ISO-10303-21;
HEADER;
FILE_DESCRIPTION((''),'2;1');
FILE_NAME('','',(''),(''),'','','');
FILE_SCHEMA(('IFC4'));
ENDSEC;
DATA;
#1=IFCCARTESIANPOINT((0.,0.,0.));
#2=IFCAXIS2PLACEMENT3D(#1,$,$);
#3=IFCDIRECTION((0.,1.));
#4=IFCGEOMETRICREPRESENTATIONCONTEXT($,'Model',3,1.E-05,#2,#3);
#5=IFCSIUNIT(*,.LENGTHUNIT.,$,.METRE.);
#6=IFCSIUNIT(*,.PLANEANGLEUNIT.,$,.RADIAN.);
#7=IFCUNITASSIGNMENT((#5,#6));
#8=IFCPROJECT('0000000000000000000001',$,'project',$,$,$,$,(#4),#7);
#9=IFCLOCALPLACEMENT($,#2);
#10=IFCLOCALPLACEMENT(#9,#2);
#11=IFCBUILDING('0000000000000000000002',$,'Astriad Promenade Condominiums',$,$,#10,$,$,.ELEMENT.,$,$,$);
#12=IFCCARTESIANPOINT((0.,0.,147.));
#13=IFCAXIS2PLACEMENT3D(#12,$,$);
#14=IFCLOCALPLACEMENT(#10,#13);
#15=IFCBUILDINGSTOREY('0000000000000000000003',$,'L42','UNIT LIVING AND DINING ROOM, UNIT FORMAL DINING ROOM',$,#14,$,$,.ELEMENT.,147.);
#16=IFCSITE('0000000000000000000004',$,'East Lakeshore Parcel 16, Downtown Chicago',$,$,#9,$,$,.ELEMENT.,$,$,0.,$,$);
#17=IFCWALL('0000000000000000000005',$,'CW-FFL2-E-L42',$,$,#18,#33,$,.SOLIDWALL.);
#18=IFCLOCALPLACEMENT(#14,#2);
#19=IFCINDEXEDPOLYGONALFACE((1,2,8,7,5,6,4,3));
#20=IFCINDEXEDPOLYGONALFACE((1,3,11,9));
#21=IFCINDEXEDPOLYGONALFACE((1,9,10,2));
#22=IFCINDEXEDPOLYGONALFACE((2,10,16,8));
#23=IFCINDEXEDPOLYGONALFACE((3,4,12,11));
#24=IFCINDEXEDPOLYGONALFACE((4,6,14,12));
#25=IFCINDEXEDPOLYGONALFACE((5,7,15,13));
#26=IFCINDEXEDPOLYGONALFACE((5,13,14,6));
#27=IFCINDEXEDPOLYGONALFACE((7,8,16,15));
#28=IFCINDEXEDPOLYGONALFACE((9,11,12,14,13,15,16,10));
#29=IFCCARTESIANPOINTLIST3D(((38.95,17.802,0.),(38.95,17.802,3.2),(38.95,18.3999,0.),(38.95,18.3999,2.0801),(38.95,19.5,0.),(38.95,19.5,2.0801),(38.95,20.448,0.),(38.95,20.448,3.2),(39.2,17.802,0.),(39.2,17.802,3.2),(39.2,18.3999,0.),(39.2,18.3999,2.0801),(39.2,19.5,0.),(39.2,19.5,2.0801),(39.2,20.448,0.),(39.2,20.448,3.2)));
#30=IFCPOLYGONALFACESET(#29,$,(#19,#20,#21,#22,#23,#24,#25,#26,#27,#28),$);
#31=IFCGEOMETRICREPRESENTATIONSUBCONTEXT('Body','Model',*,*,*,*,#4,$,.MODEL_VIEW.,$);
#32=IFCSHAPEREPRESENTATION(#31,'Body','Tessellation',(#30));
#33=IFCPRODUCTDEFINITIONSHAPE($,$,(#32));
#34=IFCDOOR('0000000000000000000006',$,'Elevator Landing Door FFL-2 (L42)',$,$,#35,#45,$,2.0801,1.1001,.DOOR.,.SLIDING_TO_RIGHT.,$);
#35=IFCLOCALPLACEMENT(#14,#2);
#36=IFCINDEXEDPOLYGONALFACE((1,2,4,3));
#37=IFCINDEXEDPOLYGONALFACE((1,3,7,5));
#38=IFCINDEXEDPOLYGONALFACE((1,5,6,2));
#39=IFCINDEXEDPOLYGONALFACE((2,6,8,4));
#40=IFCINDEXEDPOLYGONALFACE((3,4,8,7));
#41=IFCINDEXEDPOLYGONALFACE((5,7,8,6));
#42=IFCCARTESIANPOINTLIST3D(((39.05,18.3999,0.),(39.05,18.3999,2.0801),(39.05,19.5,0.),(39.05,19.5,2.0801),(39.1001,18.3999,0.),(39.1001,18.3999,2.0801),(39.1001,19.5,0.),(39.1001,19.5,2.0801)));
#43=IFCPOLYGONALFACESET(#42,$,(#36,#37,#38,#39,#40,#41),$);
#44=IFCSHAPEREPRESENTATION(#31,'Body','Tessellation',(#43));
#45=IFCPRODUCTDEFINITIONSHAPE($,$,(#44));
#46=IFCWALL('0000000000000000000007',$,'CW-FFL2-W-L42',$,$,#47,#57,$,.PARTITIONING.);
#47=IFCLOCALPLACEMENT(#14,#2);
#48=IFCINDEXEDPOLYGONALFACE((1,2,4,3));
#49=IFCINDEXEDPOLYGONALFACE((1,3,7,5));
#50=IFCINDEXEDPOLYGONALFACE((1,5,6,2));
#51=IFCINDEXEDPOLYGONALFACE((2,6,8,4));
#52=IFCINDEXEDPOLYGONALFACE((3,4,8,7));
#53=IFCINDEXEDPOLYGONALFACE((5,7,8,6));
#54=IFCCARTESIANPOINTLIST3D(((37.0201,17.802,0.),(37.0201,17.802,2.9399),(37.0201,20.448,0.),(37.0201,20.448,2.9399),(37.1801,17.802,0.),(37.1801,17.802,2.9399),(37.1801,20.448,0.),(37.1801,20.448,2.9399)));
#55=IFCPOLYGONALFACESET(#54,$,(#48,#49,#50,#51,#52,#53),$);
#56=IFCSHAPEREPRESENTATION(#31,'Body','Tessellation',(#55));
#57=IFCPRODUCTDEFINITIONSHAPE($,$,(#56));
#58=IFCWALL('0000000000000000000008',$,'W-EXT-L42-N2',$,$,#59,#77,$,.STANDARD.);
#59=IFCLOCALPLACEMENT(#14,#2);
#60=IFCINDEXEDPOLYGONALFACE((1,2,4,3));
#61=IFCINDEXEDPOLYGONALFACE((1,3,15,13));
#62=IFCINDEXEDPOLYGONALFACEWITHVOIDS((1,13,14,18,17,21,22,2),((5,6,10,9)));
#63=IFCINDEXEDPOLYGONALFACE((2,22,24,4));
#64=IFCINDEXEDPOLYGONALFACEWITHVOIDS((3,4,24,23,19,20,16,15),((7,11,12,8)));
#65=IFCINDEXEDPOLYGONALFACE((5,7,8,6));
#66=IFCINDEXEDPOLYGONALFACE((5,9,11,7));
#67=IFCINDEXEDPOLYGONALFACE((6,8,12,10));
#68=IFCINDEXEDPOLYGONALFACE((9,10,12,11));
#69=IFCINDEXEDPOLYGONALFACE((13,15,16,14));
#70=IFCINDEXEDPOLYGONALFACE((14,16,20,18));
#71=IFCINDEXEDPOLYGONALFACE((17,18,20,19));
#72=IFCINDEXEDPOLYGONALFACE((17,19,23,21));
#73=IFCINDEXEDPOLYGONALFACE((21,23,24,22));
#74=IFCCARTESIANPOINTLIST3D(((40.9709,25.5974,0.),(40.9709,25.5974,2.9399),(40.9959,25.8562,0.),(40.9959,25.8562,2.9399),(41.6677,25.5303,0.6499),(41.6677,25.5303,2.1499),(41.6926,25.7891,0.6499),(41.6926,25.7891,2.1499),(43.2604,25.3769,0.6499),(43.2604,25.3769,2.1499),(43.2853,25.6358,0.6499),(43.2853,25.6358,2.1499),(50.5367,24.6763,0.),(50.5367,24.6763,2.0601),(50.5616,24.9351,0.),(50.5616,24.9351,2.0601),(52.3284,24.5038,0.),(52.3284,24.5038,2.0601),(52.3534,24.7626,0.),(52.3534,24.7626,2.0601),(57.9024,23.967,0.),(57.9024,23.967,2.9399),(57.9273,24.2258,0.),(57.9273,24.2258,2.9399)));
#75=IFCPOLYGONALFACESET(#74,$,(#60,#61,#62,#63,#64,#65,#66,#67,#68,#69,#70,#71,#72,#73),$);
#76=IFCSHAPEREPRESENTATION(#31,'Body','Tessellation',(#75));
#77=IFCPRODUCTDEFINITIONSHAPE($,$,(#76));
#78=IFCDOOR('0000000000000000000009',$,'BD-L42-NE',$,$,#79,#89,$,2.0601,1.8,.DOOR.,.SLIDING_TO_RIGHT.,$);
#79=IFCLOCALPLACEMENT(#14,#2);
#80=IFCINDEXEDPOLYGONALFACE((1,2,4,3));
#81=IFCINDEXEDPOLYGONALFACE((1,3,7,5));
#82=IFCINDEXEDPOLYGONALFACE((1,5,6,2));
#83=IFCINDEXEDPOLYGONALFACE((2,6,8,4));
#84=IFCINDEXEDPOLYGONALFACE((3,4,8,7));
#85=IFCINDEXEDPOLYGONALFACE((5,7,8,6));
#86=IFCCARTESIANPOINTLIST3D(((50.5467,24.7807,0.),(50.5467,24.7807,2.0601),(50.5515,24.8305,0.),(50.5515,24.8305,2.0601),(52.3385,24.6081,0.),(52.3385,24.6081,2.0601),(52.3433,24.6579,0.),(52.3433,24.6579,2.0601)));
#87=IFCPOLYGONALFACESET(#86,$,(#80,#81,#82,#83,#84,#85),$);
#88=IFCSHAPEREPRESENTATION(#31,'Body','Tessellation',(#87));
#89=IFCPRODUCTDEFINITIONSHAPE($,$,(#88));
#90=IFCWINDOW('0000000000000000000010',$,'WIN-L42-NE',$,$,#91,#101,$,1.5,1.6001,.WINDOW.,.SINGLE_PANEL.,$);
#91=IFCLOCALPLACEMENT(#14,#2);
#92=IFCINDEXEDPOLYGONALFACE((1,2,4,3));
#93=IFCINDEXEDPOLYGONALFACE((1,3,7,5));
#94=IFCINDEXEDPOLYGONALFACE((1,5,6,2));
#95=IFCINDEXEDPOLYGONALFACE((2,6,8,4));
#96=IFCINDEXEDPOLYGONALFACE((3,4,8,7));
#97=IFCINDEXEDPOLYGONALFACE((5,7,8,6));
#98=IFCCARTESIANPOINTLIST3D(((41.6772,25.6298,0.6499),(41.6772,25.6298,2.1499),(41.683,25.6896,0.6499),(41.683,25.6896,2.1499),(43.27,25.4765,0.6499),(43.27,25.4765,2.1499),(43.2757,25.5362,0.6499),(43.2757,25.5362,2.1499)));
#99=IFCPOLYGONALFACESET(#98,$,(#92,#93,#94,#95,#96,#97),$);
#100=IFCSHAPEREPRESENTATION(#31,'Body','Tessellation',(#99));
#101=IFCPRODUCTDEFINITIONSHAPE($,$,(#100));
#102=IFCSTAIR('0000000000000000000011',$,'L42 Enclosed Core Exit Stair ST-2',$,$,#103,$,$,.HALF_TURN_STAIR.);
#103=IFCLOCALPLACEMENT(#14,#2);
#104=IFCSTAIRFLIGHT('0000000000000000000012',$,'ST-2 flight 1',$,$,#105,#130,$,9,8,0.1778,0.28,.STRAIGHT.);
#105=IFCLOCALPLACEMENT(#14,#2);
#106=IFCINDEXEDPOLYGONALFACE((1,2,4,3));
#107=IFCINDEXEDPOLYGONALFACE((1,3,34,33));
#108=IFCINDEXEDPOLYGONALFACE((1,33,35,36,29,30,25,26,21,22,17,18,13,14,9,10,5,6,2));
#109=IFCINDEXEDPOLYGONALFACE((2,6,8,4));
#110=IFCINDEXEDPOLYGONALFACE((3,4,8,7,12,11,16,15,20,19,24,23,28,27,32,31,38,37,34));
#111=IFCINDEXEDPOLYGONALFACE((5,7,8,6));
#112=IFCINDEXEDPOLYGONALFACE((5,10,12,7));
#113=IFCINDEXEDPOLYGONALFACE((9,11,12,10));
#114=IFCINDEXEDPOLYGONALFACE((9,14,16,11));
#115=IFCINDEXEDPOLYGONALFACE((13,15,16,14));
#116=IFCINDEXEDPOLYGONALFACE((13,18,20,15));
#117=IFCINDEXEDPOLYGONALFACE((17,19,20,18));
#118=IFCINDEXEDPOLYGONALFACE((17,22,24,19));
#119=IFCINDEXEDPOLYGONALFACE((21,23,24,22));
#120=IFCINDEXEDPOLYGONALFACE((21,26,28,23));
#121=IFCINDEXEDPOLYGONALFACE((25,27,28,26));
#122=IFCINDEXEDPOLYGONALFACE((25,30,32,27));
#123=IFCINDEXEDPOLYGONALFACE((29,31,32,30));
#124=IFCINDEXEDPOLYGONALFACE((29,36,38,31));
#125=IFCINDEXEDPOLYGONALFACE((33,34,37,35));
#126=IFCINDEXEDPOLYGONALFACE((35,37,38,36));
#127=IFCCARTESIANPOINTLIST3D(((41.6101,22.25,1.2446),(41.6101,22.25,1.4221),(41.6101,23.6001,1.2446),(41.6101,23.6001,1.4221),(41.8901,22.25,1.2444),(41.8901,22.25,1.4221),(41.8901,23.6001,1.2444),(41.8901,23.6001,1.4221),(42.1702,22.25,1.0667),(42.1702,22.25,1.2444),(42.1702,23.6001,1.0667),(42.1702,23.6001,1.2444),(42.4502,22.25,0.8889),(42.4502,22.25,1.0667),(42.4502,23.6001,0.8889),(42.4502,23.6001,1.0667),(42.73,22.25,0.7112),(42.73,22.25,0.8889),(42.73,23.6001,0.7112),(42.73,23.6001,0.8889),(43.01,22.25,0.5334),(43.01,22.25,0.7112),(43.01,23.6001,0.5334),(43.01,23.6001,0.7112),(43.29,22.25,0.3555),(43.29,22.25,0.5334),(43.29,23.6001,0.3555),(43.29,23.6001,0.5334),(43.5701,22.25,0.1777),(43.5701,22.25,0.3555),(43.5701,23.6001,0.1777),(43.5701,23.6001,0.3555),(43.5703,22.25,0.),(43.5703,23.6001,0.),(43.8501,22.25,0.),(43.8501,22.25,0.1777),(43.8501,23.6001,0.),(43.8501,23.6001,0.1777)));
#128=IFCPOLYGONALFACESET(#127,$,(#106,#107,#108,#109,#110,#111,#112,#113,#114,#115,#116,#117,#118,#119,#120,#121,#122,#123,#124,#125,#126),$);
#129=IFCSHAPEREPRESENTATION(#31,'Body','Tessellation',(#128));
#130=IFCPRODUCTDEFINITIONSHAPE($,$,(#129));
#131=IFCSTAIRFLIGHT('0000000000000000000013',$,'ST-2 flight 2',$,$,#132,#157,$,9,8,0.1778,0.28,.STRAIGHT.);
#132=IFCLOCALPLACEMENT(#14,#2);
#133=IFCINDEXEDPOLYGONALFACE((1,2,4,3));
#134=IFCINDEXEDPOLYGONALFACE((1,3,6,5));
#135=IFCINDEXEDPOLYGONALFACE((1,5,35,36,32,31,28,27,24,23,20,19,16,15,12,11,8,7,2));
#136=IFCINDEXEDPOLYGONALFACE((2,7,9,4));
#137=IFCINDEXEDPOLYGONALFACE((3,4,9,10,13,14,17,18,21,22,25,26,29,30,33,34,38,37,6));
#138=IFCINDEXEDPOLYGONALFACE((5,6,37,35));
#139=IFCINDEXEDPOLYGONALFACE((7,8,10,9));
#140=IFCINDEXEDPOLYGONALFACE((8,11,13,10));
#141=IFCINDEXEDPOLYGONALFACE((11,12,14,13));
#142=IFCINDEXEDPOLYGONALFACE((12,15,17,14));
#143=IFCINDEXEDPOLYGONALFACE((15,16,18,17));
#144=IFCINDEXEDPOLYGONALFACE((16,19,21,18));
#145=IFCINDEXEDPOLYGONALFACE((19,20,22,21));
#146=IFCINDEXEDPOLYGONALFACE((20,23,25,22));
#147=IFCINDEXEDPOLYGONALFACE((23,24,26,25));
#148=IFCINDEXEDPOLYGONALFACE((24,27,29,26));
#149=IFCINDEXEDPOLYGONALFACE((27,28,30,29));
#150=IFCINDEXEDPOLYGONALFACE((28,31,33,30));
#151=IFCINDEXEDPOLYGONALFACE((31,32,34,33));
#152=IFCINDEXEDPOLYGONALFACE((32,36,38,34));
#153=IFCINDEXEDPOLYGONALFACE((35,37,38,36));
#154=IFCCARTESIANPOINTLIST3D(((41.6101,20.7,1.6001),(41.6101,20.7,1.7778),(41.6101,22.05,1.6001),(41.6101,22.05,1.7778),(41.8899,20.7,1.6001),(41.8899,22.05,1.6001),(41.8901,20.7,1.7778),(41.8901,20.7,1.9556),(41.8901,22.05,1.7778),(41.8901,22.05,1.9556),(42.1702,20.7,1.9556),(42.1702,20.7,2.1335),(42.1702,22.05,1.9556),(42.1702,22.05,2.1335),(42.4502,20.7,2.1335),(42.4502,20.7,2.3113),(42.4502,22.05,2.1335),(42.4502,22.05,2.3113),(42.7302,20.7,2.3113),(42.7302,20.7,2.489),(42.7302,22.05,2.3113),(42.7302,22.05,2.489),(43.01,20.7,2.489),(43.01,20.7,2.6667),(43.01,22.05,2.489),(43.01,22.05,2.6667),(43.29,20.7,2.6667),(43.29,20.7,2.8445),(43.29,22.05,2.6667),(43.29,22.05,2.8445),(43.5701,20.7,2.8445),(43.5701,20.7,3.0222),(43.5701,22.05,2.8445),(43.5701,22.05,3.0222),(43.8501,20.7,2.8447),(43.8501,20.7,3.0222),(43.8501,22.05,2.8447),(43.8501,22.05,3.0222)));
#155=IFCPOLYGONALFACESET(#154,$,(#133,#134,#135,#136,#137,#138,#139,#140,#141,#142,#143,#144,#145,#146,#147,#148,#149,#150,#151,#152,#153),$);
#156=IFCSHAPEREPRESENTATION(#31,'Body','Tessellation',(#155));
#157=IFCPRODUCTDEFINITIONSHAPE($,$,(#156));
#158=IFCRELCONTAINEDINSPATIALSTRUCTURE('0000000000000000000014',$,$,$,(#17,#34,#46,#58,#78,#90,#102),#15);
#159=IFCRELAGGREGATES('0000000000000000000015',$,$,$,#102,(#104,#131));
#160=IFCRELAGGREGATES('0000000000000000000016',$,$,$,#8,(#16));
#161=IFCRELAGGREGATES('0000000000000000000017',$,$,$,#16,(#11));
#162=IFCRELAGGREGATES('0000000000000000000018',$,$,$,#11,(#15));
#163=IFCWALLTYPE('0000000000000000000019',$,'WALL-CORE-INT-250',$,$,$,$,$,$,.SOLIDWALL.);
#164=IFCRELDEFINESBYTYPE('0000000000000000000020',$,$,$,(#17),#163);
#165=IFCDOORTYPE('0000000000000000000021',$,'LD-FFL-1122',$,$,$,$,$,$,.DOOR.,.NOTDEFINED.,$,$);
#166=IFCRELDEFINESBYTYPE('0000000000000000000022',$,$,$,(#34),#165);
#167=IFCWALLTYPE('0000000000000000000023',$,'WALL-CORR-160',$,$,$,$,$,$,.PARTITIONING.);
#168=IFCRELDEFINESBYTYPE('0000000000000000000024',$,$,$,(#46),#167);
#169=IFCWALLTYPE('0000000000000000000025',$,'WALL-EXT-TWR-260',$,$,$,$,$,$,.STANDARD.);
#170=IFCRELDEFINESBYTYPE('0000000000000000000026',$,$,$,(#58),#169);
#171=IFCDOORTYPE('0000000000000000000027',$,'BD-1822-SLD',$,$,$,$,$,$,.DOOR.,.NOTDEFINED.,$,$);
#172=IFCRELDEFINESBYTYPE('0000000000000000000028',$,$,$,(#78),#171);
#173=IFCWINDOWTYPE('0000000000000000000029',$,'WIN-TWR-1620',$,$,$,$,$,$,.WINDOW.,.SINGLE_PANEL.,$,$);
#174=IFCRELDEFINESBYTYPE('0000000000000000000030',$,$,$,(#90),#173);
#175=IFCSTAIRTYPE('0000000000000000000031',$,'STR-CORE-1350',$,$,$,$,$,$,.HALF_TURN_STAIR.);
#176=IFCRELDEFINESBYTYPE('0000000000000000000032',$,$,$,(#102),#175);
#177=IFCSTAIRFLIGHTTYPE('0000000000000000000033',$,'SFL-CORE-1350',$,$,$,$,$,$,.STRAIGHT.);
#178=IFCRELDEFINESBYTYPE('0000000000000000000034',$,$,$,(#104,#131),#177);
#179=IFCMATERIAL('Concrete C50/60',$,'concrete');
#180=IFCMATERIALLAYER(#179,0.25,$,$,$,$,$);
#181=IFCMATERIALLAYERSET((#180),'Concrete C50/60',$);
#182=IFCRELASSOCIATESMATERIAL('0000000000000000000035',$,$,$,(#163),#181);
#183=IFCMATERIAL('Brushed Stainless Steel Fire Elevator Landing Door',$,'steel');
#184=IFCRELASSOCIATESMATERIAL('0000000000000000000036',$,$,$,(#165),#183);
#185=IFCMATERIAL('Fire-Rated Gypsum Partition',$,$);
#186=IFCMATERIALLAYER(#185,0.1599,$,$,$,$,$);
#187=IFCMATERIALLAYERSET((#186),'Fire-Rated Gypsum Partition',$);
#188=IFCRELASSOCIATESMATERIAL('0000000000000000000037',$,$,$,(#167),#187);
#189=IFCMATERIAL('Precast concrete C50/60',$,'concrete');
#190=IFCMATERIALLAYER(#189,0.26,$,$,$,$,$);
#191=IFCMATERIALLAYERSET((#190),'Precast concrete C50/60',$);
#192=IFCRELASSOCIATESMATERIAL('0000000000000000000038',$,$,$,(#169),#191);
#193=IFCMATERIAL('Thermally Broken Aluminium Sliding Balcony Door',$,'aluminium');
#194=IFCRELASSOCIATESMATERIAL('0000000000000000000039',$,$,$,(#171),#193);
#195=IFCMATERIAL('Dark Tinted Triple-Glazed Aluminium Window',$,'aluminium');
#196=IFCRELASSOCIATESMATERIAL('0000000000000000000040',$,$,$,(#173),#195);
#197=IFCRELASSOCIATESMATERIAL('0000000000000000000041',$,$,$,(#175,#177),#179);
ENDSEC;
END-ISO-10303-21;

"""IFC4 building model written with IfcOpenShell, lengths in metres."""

from ifc_helpers import new_model, si_unit, direction, frame, frame_2d, origin, place, context, subcontext, project, spatial, polyline, rectangle, outline, extrude, source, transform, mapped, material, layer, layer_set, type_object, type_shapes, element, fill, aggregate, save


model = new_model("IFC4")

# Units and contexts
model_context = context("Model", 3, precision=1e-05, world=origin(), true_north=direction((0.0, 1.0)))
body_context = subcontext(model_context, "Body", "Model", "MODEL_VIEW")
ifc_project = project(units=[si_unit("LENGTHUNIT", "METRE"), si_unit("PLANEANGLEUNIT", "RADIAN")], contexts=[model_context])

# Site, building, storey
site_placement = place(None, origin())
site = spatial("IfcSite", under=ifc_project, at=site_placement, Name="East Lakeshore Parcel 16, Downtown Chicago", CompositionType="ELEMENT", RefElevation=0.0)
building_placement = place(site_placement, origin())
building = spatial("IfcBuilding", under=site, at=building_placement, Name="Astriad Promenade Condominiums", CompositionType="ELEMENT")
storey_placement = place(building_placement, frame((0.0, 0.0, 147.0)))
storey = spatial("IfcBuildingStorey", under=building, at=storey_placement, Name="L42", Description="UNIT LIVING AND DINING ROOM, UNIT FORMAL DINING ROOM", CompositionType="ELEMENT", Elevation=147.0)

# Shared definitions
ifc_material_1 = material(Name="Concrete C50/60", Category="concrete")
ifc_layer_1 = layer(ifc_material_1, 0.25)
ifc_layer_set_1 = layer_set([ifc_layer_1], Name="Concrete C50/60")
wall_type_1 = type_object("IfcWallType", Name="WALL-CORE-INT-250", PredefinedType="SOLIDWALL", material=ifc_layer_set_1)

# Wall, opening, door
wall_1_placement = place(storey_placement, frame((39.075, 17.802, 0.0), z_axis=(0.0, 0.0, 1.0), x_axis=(0.0, 1.0, 0.0)))
wall_1 = element("IfcWall", 1, at=wall_1_placement, inside=storey, type_object=wall_type_1, Name="CW-FFL2-E-L42", PredefinedType="SOLIDWALL", context=body_context, shape_type="SweptSolid", body=[
    extrude(rectangle(XDim=2.646, YDim=0.25, at=frame_2d((1.323, 0.0))), origin(), (0.0, 0.0, 1.0), 3.2),
])
opening_1_placement = place(wall_1_placement, frame((0.5979, 0.0, 0.0)))
opening_1 = element("IfcOpeningElement", 2, at=opening_1_placement, cuts=wall_1, PredefinedType="OPENING", context=body_context, shape_type="SweptSolid", body=[
    extrude(rectangle(XDim=1.1001, YDim=2.0801, at=frame_2d((0.55, 1.04))), frame((0.0, 0.135, 0.0), z_axis=(0.0, -1.0, 0.0), x_axis=(1.0, 0.0, 0.0)), (0.0, 0.0, 1.0), 0.27),
])
ifc_material_2 = material(Name="Brushed Stainless Steel Fire Elevator Landing Door", Category="steel")
door_type_1 = type_object("IfcDoorType", Name="LD-FFL-1122", OperationType="NOTDEFINED", PredefinedType="DOOR", material=ifc_material_2)
shared_shape_1 = source(origin(), body_context, "Body", "SweptSolid", [
    extrude(rectangle(XDim=1.1001, YDim=2.0801, at=frame_2d((0.55, 1.04))), frame((0.0, 0.0249, 0.0), z_axis=(0.0, -1.0, 0.0), x_axis=(1.0, 0.0, 0.0)), (0.0, 0.0, 1.0), 0.05),
])
type_shapes(door_type_1, [shared_shape_1])
door_1_placement = place(opening_1_placement, origin())
door_1 = element("IfcDoor", 3, at=door_1_placement, inside=storey, type_object=door_type_1, Name="Elevator Landing Door FFL-2 (L42)", OperationType="SLIDING_TO_RIGHT", OverallHeight=2.0801, OverallWidth=1.1001, PredefinedType="DOOR", context=body_context, shape_type="MappedRepresentation", body=[
    mapped(shared_shape_1, transform((0.0, 0.0, 0.0), scale=1.0)),
])
fill(opening_1, door_1)

# Wall
ifc_material_3 = material(Name="Fire-Rated Gypsum Partition")
ifc_layer_2 = layer(ifc_material_3, 0.1599)
ifc_layer_set_2 = layer_set([ifc_layer_2], Name="Fire-Rated Gypsum Partition")
wall_type_2 = type_object("IfcWallType", Name="WALL-CORR-160", PredefinedType="PARTITIONING", material=ifc_layer_set_2)
wall_2_placement = place(storey_placement, frame((37.1001, 17.802, 0.0), z_axis=(0.0, 0.0, 1.0), x_axis=(0.0, 1.0, 0.0)))
element("IfcWall", 4, at=wall_2_placement, inside=storey, type_object=wall_type_2, Name="CW-FFL2-W-L42", PredefinedType="PARTITIONING", context=body_context, shape_type="SweptSolid", body=[
    extrude(rectangle(XDim=2.646, YDim=0.1599, at=frame_2d((1.323, 0.0))), origin(), (0.0, 0.0, 1.0), 2.9399),
])

# Wall, openings, door, window
ifc_material_4 = material(Name="Precast concrete C50/60", Category="concrete")
ifc_layer_3 = layer(ifc_material_4, 0.26)
ifc_layer_set_3 = layer_set([ifc_layer_3], Name="Precast concrete C50/60")
wall_type_3 = type_object("IfcWallType", Name="WALL-EXT-TWR-260", PredefinedType="STANDARD", material=ifc_layer_set_3)
wall_3_placement = place(storey_placement, frame((40.9834, 25.7268, 0.0), z_axis=(0.0, 0.0, 1.0), x_axis=(0.995396, -0.095849, 0.0)))
wall_3 = element("IfcWall", 5, at=wall_3_placement, inside=storey, type_object=wall_type_3, Name="W-EXT-L42-N2", PredefinedType="STANDARD", context=body_context, shape_type="SweptSolid", body=[
    extrude(rectangle(XDim=17.0098, YDim=0.26, at=frame_2d((8.5049, 0.0))), origin(), (0.0, 0.0, 1.0), 2.9399),
])
opening_2_placement = place(wall_3_placement, frame((9.6101, 0.0, 0.0)))
opening_2 = element("IfcOpeningElement", 6, at=opening_2_placement, cuts=wall_3, PredefinedType="OPENING", context=body_context, shape_type="SweptSolid", body=[
    extrude(rectangle(XDim=1.8, YDim=2.0601, at=frame_2d((0.8999, 1.03))), frame((0.0, 0.1399, 0.0), z_axis=(0.0, -1.0, 0.0), x_axis=(1.0, 0.0, 0.0)), (0.0, 0.0, 1.0), 0.28),
])
opening_3_placement = place(wall_3_placement, frame((0.7, 0.0, 0.6499)))
opening_3 = element("IfcOpeningElement", 7, at=opening_3_placement, cuts=wall_3, PredefinedType="OPENING", context=body_context, shape_type="SweptSolid", body=[
    extrude(rectangle(XDim=1.6001, YDim=1.5, at=frame_2d((0.8, 0.75))), frame((0.0, 0.1399, 0.0), z_axis=(0.0, -1.0, 0.0), x_axis=(1.0, 0.0, 0.0)), (0.0, 0.0, 1.0), 0.28),
])
ifc_material_5 = material(Name="Thermally Broken Aluminium Sliding Balcony Door", Category="aluminium")
door_type_2 = type_object("IfcDoorType", Name="BD-1822-SLD", OperationType="NOTDEFINED", PredefinedType="DOOR", material=ifc_material_5)
shared_shape_2 = source(origin(), body_context, "Body", "SweptSolid", [
    extrude(rectangle(XDim=1.8, YDim=2.0601, at=frame_2d((0.8999, 1.03))), frame((0.0, 0.0249, 0.0), z_axis=(0.0, -1.0, 0.0), x_axis=(1.0, 0.0, 0.0)), (0.0, 0.0, 1.0), 0.05),
])
type_shapes(door_type_2, [shared_shape_2])
door_2_placement = place(opening_2_placement, origin())
door_2 = element("IfcDoor", 8, at=door_2_placement, inside=storey, type_object=door_type_2, Name="BD-L42-NE", OperationType="SLIDING_TO_RIGHT", OverallHeight=2.0601, OverallWidth=1.8, PredefinedType="DOOR", context=body_context, shape_type="MappedRepresentation", body=[
    mapped(shared_shape_2, transform((0.0, 0.0, 0.0), scale=1.0)),
])
fill(opening_2, door_2)
ifc_material_6 = material(Name="Dark Tinted Triple-Glazed Aluminium Window", Category="aluminium")
window_type = type_object("IfcWindowType", Name="WIN-TWR-1620", PartitioningType="SINGLE_PANEL", PredefinedType="WINDOW", material=ifc_material_6)
shared_shape_3 = source(origin(), body_context, "Body", "SweptSolid", [
    extrude(rectangle(XDim=1.6001, YDim=1.5, at=frame_2d((0.8, 0.75))), frame((0.0, 0.03, 0.0), z_axis=(0.0, -1.0, 0.0), x_axis=(1.0, 0.0, 0.0)), (0.0, 0.0, 1.0), 0.0601),
])
type_shapes(window_type, [shared_shape_3])
window_placement = place(opening_3_placement, origin())
window = element("IfcWindow", 9, at=window_placement, inside=storey, type_object=window_type, Name="WIN-L42-NE", OverallHeight=1.5, OverallWidth=1.6001, PartitioningType="SINGLE_PANEL", PredefinedType="WINDOW", context=body_context, shape_type="MappedRepresentation", body=[
    mapped(shared_shape_3, transform((0.0, 0.0, 0.0), scale=1.0)),
])
fill(opening_3, window)

# Stair, stair flights
stair_type = type_object("IfcStairType", Name="STR-CORE-1350", PredefinedType="HALF_TURN_STAIR", material=ifc_material_1)
stair_placement = place(storey_placement, origin())
stair = element("IfcStair", 10, at=stair_placement, inside=storey, type_object=stair_type, Name="L42 Enclosed Core Exit Stair ST-2", PredefinedType="HALF_TURN_STAIR")
stair_flight_type = type_object("IfcStairFlightType", Name="SFL-CORE-1350", PredefinedType="STRAIGHT", material=ifc_material_1)
shared_shape_4 = source(origin(), body_context, "Body", "SweptSolid", [
    extrude(outline(polyline([(0.0, 0.0), (0.0, 0.1777), (0.28, 0.1777), (0.28, 0.3555), (0.5601, 0.3555), (0.5601, 0.5334), (0.8401, 0.5334), (0.8401, 0.7112), (1.1201, 0.7112), (1.1201, 0.8889), (1.3999, 0.8889), (1.3999, 1.0667), (1.6799, 1.0667), (1.6799, 1.2444), (1.96, 1.2444), (1.96, 1.4221), (2.24, 1.4221), (2.24, 1.6001), (2.24, 1.2446), (0.2798, 0.0), (0.0, 0.0)])), frame((0.0, 0.675, 0.0), z_axis=(0.0, -1.0, 0.0), x_axis=(1.0, 0.0, 0.0)), (0.0, 0.0, 1.0), 1.3501),
])
type_shapes(stair_flight_type, [shared_shape_4])
stair_flight_1_placement = place(storey_placement, frame((43.8501, 22.925, 0.0), z_axis=(0.0, 0.0, 1.0), x_axis=(-1.0, 0.0, 0.0)))
stair_flight_1 = element("IfcStairFlight", 11, at=stair_flight_1_placement, type_object=stair_flight_type, Name="ST-2 flight 1", NumberOfRisers=9, NumberOfTreads=8, PredefinedType="STRAIGHT", RiserHeight=0.1778, TreadLength=0.28, context=body_context, shape_type="MappedRepresentation", body=[
    mapped(shared_shape_4, transform((0.0, 0.0, 0.0), scale=1.0)),
])
stair_flight_2_placement = place(storey_placement, frame((41.6101, 21.375, 1.6001), z_axis=(0.0, 0.0, 1.0), x_axis=(1.0, 0.0, 0.0)))
stair_flight_2 = element("IfcStairFlight", 12, at=stair_flight_2_placement, type_object=stair_flight_type, Name="ST-2 flight 2", NumberOfRisers=9, NumberOfTreads=8, PredefinedType="STRAIGHT", RiserHeight=0.1778, TreadLength=0.28, context=body_context, shape_type="MappedRepresentation", body=[
    mapped(shared_shape_4, transform((0.0, 0.0, 0.0), scale=1.0)),
])
aggregate(stair, [stair_flight_1, stair_flight_2])

save(model, "model.ifc")
